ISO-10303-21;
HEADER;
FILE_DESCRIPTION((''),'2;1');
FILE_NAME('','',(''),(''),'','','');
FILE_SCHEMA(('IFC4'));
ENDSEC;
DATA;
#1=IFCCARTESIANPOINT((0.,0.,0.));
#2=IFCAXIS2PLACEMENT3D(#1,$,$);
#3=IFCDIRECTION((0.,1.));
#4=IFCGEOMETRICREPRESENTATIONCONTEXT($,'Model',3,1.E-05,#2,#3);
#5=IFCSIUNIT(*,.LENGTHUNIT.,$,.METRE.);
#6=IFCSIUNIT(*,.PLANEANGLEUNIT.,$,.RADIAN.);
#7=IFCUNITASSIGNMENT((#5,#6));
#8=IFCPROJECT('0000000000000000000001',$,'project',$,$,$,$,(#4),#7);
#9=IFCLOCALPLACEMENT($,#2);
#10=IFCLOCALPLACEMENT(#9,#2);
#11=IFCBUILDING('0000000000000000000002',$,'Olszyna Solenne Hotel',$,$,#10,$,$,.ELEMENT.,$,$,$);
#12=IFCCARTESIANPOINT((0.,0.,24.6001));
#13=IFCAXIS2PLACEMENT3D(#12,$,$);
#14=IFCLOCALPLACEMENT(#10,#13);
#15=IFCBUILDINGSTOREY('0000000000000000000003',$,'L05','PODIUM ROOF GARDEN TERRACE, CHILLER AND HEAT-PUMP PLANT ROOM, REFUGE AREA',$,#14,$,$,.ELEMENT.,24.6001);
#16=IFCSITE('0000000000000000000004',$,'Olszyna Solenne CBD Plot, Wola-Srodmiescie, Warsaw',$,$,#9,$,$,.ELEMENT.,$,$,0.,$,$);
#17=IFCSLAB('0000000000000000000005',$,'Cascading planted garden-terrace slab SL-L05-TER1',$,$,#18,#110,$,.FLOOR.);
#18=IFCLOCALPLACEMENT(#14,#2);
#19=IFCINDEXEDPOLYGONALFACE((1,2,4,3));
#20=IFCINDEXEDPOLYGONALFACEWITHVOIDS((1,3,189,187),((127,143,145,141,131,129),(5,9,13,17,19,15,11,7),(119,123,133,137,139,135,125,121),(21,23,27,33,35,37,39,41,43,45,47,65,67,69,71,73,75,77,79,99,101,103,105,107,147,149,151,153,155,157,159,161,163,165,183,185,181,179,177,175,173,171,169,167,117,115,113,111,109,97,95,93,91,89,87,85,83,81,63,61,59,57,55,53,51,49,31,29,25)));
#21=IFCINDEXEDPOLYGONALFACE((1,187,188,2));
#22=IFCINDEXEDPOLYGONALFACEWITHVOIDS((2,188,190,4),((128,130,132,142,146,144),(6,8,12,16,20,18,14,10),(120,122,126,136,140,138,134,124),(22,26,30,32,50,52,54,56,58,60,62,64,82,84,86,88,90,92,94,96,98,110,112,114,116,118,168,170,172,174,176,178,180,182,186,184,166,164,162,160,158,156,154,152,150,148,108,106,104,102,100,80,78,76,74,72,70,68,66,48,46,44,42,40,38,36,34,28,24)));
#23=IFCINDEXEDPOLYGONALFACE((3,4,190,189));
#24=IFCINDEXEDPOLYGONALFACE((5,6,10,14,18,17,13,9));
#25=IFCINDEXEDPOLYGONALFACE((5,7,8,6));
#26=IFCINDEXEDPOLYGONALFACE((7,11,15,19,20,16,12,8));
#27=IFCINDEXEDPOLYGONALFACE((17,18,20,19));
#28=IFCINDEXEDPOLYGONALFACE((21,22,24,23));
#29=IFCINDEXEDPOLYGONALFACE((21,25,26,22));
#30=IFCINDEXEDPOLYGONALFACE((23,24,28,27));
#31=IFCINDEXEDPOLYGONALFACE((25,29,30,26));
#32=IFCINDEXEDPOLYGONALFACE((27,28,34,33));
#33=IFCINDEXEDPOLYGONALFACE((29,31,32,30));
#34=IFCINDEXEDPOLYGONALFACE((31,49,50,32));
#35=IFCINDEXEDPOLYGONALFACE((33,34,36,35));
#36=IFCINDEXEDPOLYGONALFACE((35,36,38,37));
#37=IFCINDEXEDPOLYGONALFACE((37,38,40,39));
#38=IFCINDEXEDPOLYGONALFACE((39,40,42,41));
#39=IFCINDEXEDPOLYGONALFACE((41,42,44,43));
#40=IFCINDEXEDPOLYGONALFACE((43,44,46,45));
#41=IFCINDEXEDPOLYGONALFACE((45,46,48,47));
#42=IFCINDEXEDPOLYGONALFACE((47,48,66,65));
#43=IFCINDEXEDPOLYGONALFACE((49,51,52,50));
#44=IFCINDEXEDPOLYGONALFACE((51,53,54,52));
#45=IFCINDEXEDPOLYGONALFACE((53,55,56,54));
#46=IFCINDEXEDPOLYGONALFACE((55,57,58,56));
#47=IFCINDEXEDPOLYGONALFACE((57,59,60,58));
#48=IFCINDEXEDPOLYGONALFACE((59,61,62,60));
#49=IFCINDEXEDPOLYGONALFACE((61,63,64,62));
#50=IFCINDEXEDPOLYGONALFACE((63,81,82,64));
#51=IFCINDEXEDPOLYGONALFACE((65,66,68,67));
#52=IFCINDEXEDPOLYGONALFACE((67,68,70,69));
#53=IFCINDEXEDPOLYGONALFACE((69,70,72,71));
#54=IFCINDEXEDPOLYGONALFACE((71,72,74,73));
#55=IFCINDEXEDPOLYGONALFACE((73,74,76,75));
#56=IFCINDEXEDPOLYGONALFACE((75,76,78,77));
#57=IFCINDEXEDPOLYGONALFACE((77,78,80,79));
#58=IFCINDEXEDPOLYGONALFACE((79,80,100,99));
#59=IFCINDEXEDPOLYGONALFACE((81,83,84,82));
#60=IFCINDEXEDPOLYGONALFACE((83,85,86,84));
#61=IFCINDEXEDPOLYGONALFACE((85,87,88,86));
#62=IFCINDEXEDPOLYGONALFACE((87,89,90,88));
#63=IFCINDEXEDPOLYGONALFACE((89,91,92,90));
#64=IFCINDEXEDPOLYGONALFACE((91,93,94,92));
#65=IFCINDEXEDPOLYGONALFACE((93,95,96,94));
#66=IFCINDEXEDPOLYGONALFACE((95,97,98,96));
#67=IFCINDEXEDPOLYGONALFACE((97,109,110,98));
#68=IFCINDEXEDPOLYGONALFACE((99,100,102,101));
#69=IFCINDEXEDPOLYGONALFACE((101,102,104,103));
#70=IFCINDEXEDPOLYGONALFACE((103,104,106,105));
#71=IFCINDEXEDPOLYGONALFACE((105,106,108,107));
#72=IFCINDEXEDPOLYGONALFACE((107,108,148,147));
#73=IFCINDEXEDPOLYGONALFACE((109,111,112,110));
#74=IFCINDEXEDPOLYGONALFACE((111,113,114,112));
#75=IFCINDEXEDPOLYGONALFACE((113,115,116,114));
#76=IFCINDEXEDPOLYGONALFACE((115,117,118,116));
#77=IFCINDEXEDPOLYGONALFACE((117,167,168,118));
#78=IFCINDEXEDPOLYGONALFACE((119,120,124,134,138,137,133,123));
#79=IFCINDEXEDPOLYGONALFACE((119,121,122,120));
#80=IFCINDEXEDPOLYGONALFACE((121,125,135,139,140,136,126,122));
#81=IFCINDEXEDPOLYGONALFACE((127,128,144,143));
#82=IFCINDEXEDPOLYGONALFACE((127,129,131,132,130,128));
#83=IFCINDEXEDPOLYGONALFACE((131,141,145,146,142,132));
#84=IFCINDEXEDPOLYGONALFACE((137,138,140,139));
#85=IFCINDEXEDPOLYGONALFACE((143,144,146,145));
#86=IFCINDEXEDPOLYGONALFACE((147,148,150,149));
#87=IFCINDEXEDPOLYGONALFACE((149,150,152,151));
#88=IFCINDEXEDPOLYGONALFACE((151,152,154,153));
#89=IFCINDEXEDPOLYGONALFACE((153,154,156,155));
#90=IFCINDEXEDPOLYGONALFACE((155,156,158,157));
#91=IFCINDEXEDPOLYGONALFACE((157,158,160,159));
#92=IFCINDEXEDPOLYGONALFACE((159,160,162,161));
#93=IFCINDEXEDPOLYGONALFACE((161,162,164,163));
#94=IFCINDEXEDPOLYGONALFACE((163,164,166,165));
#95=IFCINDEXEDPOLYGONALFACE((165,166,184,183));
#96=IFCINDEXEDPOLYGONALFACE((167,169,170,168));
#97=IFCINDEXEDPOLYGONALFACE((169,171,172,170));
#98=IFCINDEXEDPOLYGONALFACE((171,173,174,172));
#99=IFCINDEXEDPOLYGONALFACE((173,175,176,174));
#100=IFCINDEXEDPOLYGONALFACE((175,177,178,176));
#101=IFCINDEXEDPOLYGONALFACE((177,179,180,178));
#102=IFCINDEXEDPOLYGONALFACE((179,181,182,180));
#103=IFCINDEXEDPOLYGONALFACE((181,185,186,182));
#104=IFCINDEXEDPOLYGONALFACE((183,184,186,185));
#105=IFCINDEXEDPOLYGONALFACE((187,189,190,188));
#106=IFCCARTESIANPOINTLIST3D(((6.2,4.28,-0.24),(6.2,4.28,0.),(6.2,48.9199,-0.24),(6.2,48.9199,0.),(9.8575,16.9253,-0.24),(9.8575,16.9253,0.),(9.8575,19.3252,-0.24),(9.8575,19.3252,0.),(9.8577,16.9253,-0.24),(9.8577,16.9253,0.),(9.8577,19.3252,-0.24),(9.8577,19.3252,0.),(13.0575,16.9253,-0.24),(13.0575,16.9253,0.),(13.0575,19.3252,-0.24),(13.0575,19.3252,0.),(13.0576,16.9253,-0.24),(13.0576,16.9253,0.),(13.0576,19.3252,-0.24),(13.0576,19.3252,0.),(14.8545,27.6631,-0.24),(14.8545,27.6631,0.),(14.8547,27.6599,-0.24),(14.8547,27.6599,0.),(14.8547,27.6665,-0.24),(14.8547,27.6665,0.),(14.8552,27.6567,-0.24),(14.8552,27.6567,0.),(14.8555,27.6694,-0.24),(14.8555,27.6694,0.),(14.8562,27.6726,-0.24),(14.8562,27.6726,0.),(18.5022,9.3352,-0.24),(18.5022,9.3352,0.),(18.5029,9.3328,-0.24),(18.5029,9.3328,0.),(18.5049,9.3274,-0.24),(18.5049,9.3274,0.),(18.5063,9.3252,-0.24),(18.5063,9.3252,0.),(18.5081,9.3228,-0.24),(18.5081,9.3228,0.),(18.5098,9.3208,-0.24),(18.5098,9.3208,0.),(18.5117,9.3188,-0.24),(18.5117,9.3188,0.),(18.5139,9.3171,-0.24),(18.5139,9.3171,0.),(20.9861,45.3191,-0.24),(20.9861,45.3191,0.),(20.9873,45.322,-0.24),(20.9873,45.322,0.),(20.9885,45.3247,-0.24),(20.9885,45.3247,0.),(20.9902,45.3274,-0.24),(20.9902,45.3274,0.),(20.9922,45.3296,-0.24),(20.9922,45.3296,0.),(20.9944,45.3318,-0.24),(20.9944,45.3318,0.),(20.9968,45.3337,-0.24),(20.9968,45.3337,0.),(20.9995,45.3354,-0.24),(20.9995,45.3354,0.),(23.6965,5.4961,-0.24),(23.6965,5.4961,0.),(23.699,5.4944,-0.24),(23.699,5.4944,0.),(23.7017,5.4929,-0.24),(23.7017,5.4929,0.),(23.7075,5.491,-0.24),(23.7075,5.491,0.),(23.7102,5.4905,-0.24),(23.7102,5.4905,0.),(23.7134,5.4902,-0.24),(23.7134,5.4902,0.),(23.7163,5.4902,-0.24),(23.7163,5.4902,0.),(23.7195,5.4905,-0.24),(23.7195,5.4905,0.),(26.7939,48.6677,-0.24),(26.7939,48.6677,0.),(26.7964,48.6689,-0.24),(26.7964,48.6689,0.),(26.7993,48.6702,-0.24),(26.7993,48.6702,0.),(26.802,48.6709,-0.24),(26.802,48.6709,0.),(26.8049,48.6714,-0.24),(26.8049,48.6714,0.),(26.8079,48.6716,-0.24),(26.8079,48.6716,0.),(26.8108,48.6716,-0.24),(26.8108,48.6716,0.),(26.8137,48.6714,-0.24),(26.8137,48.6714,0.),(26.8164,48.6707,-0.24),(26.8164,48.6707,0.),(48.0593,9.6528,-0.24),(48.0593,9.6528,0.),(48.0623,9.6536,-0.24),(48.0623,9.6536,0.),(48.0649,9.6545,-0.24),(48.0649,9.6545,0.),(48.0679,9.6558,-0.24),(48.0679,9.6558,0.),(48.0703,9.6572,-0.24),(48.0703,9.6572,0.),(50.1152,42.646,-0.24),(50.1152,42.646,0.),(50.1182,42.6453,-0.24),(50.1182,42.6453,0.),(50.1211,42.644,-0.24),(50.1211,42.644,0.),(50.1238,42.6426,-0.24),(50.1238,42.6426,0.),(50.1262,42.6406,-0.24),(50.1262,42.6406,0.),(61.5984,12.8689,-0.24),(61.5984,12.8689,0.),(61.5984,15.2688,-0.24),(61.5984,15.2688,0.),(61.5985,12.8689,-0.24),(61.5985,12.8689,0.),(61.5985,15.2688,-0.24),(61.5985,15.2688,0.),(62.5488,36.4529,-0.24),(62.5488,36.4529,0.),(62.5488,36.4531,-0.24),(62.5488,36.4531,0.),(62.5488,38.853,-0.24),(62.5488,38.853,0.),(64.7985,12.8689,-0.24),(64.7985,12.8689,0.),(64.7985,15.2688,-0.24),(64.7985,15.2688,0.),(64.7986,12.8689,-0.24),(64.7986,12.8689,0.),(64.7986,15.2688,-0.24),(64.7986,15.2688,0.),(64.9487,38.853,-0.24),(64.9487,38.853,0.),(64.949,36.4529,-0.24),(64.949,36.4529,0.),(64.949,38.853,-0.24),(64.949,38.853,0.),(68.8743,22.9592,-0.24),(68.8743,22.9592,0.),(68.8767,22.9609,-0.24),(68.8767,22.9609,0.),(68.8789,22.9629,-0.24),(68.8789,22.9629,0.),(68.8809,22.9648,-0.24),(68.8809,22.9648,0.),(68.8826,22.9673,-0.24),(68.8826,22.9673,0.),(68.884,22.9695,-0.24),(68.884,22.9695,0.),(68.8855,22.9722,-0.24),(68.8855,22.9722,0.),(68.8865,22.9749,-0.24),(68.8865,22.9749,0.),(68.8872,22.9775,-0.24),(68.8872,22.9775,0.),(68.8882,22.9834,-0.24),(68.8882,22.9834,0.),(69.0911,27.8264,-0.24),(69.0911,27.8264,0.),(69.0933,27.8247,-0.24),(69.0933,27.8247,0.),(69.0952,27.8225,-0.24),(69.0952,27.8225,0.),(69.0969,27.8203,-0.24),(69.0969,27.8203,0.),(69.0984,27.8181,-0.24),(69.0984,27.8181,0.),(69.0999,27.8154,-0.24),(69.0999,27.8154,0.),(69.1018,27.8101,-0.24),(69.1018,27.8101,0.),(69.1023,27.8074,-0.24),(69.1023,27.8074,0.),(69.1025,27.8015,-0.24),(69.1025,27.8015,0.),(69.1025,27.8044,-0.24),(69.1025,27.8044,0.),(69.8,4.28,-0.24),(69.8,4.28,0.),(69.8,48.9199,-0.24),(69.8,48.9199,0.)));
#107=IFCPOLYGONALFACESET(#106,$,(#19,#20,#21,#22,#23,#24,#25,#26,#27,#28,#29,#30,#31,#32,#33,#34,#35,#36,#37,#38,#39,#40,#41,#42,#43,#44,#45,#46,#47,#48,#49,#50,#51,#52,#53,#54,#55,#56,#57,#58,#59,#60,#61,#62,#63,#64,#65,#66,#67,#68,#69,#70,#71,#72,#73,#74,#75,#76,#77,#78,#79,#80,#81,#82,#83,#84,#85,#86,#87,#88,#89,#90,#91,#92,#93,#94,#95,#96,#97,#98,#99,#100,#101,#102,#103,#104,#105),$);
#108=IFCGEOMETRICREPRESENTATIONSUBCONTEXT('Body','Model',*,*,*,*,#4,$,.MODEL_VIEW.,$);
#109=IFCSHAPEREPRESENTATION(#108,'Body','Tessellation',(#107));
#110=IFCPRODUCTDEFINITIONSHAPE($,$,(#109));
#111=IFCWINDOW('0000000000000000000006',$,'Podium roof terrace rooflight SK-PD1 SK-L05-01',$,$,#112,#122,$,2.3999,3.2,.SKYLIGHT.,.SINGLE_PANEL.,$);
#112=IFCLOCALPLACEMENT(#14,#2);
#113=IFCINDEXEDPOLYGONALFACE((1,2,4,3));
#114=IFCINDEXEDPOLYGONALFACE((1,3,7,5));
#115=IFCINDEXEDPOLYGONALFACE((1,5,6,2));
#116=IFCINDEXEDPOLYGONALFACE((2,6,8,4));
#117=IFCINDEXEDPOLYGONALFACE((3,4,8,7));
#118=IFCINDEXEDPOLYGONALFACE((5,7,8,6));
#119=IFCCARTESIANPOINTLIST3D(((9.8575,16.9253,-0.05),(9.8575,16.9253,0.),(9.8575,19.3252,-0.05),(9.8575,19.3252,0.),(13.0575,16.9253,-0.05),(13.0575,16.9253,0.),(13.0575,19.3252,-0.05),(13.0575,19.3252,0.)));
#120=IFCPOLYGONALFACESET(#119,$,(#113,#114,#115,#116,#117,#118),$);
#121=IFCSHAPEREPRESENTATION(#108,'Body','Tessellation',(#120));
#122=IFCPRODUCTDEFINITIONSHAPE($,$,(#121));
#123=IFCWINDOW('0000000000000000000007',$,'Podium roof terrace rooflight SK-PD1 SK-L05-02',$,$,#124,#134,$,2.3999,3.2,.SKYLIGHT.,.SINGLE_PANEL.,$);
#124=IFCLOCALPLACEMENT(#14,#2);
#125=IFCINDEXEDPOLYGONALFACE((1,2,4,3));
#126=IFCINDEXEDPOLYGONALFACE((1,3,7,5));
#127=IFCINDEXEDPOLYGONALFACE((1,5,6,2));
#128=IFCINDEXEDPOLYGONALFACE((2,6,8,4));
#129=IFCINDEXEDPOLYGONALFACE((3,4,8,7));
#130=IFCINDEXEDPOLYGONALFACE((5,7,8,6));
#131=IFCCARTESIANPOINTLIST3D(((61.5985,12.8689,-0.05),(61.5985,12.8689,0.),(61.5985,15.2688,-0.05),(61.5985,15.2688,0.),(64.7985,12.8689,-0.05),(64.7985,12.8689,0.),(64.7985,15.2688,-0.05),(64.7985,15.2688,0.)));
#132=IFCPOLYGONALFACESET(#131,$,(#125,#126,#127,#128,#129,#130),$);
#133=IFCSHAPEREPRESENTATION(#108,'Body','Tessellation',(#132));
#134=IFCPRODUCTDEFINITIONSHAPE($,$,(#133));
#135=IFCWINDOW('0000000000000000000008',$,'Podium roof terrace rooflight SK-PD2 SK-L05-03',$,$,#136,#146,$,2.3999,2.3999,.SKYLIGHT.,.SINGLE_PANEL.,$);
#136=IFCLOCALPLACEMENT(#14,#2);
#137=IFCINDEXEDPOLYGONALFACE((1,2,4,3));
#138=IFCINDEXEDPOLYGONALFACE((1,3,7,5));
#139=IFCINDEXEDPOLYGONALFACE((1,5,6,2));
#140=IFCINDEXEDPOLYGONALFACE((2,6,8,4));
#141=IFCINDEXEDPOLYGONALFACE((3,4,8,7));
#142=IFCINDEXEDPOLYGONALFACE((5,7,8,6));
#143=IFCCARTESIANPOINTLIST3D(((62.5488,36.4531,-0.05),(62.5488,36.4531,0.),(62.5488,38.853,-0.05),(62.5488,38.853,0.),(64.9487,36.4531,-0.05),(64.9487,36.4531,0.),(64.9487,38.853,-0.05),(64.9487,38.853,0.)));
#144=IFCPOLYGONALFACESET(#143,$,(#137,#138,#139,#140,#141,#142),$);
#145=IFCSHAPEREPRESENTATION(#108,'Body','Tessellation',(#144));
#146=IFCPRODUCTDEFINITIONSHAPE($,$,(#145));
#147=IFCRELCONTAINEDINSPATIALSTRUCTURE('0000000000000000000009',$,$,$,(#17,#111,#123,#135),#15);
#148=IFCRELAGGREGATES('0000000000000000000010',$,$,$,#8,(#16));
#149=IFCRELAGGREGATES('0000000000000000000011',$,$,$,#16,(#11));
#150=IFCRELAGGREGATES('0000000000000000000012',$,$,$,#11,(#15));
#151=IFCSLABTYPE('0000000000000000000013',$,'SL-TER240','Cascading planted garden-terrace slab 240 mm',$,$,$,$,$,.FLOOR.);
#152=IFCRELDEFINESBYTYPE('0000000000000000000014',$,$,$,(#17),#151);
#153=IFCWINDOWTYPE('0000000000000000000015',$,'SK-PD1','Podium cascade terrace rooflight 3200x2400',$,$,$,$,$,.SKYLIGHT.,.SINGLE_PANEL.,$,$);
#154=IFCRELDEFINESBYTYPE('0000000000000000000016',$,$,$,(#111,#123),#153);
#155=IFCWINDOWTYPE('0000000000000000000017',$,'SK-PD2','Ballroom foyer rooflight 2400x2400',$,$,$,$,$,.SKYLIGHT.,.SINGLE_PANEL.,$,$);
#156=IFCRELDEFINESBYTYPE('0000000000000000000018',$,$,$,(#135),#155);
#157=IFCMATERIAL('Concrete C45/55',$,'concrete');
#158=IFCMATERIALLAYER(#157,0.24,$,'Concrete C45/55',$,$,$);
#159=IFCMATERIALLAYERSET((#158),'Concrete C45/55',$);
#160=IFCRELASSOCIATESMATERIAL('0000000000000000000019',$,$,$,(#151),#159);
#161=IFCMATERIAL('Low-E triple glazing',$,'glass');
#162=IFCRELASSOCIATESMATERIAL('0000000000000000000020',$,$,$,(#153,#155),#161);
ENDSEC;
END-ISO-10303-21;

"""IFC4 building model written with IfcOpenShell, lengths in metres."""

from ifc_helpers import new_model, si_unit, direction, frame, origin, origin_2d, place, context, subcontext, project, spatial, polyline, rectangle, outline, extrude, material, layer, layer_set, type_object, element, fill, save


model = new_model("IFC4")

# Units and contexts
model_context = context("Model", 3, precision=1e-05, world=origin(), true_north=direction((0.0, 1.0)))
body_context = subcontext(model_context, "Body", "Model", "MODEL_VIEW")
ifc_project = project(units=[si_unit("LENGTHUNIT", "METRE"), si_unit("PLANEANGLEUNIT", "RADIAN")], contexts=[model_context])

# Site, building, storey
site_placement = place(None, origin())
site = spatial("IfcSite", under=ifc_project, at=site_placement, Name="Olszyna Solenne CBD Plot, Wola-Srodmiescie, Warsaw", CompositionType="ELEMENT", RefElevation=0.0)
building_placement = place(site_placement, origin())
building = spatial("IfcBuilding", under=site, at=building_placement, Name="Olszyna Solenne Hotel", CompositionType="ELEMENT")
storey_placement = place(building_placement, frame((0.0, 0.0, 24.6001)))
storey = spatial("IfcBuildingStorey", under=building, at=storey_placement, Name="L05", Description="PODIUM ROOF GARDEN TERRACE, CHILLER AND HEAT-PUMP PLANT ROOM, REFUGE AREA", CompositionType="ELEMENT", Elevation=24.6001)

# Slab, openings, windows
ifc_material_1 = material(Name="Concrete C45/55", Category="concrete")
ifc_layer_1 = layer(ifc_material_1, 0.24, Name="Concrete C45/55")
ifc_layer_set_1 = layer_set([ifc_layer_1], Name="Concrete C45/55")
slab_type_1 = type_object("IfcSlabType", Name="SL-TER240", Description="Cascading planted garden-terrace slab 240 mm", PredefinedType="FLOOR", material=ifc_layer_set_1)
slab_1_placement = place(storey_placement, frame((0.0, 0.0, -0.24)))
slab_1 = element("IfcSlab", 1, at=slab_1_placement, inside=storey, type_object=slab_type_1, Name="Cascading planted garden-terrace slab SL-L05-TER1", PredefinedType="FLOOR", context=body_context, shape_type="SweptSolid", body=[
    extrude(outline(polyline([(6.2, 4.28), (69.8, 4.28), (69.8, 48.9199), (6.2, 48.9199), (6.2, 4.28)]), holes=[polyline([(68.8767, 22.9609), (68.8789, 22.9629), (68.8809, 22.9648), (68.8826, 22.9673), (68.884, 22.9695), (68.8855, 22.9722), (68.8865, 22.9749), (68.8872, 22.9775), (68.8877, 22.9805), (68.8882, 22.9834), (69.1025, 27.8015), (69.1025, 27.8044), (69.1023, 27.8074), (69.1018, 27.8101), (69.1008, 27.8127), (69.0999, 27.8154), (69.0984, 27.8181), (69.0969, 27.8203), (69.0952, 27.8225), (69.0933, 27.8247), (69.0911, 27.8264), (50.1262, 42.6406), (50.1238, 42.6426), (50.1211, 42.644), (50.1182, 42.6453), (50.1152, 42.646), (26.8164, 48.6707), (26.8137, 48.6714), (26.8108, 48.6716), (26.8079, 48.6716), (26.8049, 48.6714), (26.802, 48.6709), (26.7993, 48.6702), (26.7964, 48.6689), (26.7939, 48.6677), (20.9995, 45.3354), (20.9968, 45.3337), (20.9944, 45.3318), (20.9922, 45.3296), (20.9902, 45.3274), (20.9885, 45.3247), (20.9873, 45.322), (20.9861, 45.3191), (14.8562, 27.6726), (14.8555, 27.6694), (14.8547, 27.6665), (14.8545, 27.6631), (14.8547, 27.6599), (14.8552, 27.6567), (18.5022, 9.3352), (18.5029, 9.3328), (18.5039, 9.3301), (18.5049, 9.3274), (18.5063, 9.3252), (18.5081, 9.3228), (18.5098, 9.3208), (18.5117, 9.3188), (18.5139, 9.3171), (23.6965, 5.4961), (23.699, 5.4944), (23.7017, 5.4929), (23.7046, 5.4919), (23.7075, 5.491), (23.7102, 5.4905), (23.7134, 5.4902), (23.7163, 5.4902), (23.7195, 5.4905), (48.0593, 9.6528), (48.0623, 9.6536), (48.0649, 9.6545), (48.0679, 9.6558), (48.0703, 9.6572), (68.8743, 22.9592), (68.8767, 22.9609)]), polyline([(9.8577, 16.9253), (13.0576, 16.9253), (13.0576, 19.3252), (9.8577, 19.3252), (9.8577, 16.9253)]), polyline([(61.5984, 12.8689), (64.7986, 12.8689), (64.7986, 15.2688), (61.5984, 15.2688), (61.5984, 12.8689)]), polyline([(62.5488, 36.4529), (64.949, 36.4529), (64.949, 38.853), (62.5488, 38.853), (62.5488, 36.4529)])]), origin(), (0.0, 0.0, 1.0), 0.24),
])
opening_1_placement = place(slab_1_placement, frame((11.4575, 18.1252, 0.0)))
opening_1 = element("IfcOpeningElement", 2, at=opening_1_placement, cuts=slab_1, PredefinedType="OPENING", context=body_context, shape_type="SweptSolid", body=[
    extrude(rectangle(XDim=3.2, YDim=2.3999, at=origin_2d()), origin(), (0.0, 0.0, 1.0), 0.24),
])
opening_2_placement = place(slab_1_placement, frame((63.1985, 14.0688, 0.0)))
opening_2 = element("IfcOpeningElement", 3, at=opening_2_placement, cuts=slab_1, PredefinedType="OPENING", context=body_context, shape_type="SweptSolid", body=[
    extrude(rectangle(XDim=3.2, YDim=2.3999, at=origin_2d()), origin(), (0.0, 0.0, 1.0), 0.24),
])
opening_3_placement = place(slab_1_placement, frame((63.7488, 37.6531, 0.0)))
opening_3 = element("IfcOpeningElement", 4, at=opening_3_placement, cuts=slab_1, PredefinedType="OPENING", context=body_context, shape_type="SweptSolid", body=[
    extrude(rectangle(XDim=2.3999, YDim=2.3999, at=origin_2d()), origin(), (0.0, 0.0, 1.0), 0.24),
])
ifc_material_2 = material(Name="Low-E triple glazing", Category="glass")
window_type_1 = type_object("IfcWindowType", Name="SK-PD1", Description="Podium cascade terrace rooflight 3200x2400", PartitioningType="SINGLE_PANEL", PredefinedType="SKYLIGHT", material=ifc_material_2)
window_1_placement = place(opening_1_placement, frame((0.0, 0.0, 0.1899)))
window_1 = element("IfcWindow", 5, at=window_1_placement, inside=storey, type_object=window_type_1, Name="Podium roof terrace rooflight SK-PD1 SK-L05-01", OverallHeight=2.3999, OverallWidth=3.2, PartitioningType="SINGLE_PANEL", PredefinedType="SKYLIGHT", context=body_context, shape_type="SweptSolid", body=[
    extrude(rectangle(XDim=3.2, YDim=2.3999, at=origin_2d()), origin(), (0.0, 0.0, 1.0), 0.05),
])
fill(opening_1, window_1)
window_2_placement = place(opening_2_placement, frame((0.0, 0.0, 0.1899)))
window_2 = element("IfcWindow", 6, at=window_2_placement, inside=storey, type_object=window_type_1, Name="Podium roof terrace rooflight SK-PD1 SK-L05-02", OverallHeight=2.3999, OverallWidth=3.2, PartitioningType="SINGLE_PANEL", PredefinedType="SKYLIGHT", context=body_context, shape_type="SweptSolid", body=[
    extrude(rectangle(XDim=3.2, YDim=2.3999, at=origin_2d()), origin(), (0.0, 0.0, 1.0), 0.05),
])
fill(opening_2, window_2)
window_type_2 = type_object("IfcWindowType", Name="SK-PD2", Description="Ballroom foyer rooflight 2400x2400", PartitioningType="SINGLE_PANEL", PredefinedType="SKYLIGHT", material=ifc_material_2)
window_3_placement = place(opening_3_placement, frame((0.0, 0.0, 0.1899)))
window_3 = element("IfcWindow", 7, at=window_3_placement, inside=storey, type_object=window_type_2, Name="Podium roof terrace rooflight SK-PD2 SK-L05-03", OverallHeight=2.3999, OverallWidth=2.3999, PartitioningType="SINGLE_PANEL", PredefinedType="SKYLIGHT", context=body_context, shape_type="SweptSolid", body=[
    extrude(rectangle(XDim=2.3999, YDim=2.3999, at=origin_2d()), origin(), (0.0, 0.0, 1.0), 0.05),
])
fill(opening_3, window_3)

save(model, "model.ifc")
